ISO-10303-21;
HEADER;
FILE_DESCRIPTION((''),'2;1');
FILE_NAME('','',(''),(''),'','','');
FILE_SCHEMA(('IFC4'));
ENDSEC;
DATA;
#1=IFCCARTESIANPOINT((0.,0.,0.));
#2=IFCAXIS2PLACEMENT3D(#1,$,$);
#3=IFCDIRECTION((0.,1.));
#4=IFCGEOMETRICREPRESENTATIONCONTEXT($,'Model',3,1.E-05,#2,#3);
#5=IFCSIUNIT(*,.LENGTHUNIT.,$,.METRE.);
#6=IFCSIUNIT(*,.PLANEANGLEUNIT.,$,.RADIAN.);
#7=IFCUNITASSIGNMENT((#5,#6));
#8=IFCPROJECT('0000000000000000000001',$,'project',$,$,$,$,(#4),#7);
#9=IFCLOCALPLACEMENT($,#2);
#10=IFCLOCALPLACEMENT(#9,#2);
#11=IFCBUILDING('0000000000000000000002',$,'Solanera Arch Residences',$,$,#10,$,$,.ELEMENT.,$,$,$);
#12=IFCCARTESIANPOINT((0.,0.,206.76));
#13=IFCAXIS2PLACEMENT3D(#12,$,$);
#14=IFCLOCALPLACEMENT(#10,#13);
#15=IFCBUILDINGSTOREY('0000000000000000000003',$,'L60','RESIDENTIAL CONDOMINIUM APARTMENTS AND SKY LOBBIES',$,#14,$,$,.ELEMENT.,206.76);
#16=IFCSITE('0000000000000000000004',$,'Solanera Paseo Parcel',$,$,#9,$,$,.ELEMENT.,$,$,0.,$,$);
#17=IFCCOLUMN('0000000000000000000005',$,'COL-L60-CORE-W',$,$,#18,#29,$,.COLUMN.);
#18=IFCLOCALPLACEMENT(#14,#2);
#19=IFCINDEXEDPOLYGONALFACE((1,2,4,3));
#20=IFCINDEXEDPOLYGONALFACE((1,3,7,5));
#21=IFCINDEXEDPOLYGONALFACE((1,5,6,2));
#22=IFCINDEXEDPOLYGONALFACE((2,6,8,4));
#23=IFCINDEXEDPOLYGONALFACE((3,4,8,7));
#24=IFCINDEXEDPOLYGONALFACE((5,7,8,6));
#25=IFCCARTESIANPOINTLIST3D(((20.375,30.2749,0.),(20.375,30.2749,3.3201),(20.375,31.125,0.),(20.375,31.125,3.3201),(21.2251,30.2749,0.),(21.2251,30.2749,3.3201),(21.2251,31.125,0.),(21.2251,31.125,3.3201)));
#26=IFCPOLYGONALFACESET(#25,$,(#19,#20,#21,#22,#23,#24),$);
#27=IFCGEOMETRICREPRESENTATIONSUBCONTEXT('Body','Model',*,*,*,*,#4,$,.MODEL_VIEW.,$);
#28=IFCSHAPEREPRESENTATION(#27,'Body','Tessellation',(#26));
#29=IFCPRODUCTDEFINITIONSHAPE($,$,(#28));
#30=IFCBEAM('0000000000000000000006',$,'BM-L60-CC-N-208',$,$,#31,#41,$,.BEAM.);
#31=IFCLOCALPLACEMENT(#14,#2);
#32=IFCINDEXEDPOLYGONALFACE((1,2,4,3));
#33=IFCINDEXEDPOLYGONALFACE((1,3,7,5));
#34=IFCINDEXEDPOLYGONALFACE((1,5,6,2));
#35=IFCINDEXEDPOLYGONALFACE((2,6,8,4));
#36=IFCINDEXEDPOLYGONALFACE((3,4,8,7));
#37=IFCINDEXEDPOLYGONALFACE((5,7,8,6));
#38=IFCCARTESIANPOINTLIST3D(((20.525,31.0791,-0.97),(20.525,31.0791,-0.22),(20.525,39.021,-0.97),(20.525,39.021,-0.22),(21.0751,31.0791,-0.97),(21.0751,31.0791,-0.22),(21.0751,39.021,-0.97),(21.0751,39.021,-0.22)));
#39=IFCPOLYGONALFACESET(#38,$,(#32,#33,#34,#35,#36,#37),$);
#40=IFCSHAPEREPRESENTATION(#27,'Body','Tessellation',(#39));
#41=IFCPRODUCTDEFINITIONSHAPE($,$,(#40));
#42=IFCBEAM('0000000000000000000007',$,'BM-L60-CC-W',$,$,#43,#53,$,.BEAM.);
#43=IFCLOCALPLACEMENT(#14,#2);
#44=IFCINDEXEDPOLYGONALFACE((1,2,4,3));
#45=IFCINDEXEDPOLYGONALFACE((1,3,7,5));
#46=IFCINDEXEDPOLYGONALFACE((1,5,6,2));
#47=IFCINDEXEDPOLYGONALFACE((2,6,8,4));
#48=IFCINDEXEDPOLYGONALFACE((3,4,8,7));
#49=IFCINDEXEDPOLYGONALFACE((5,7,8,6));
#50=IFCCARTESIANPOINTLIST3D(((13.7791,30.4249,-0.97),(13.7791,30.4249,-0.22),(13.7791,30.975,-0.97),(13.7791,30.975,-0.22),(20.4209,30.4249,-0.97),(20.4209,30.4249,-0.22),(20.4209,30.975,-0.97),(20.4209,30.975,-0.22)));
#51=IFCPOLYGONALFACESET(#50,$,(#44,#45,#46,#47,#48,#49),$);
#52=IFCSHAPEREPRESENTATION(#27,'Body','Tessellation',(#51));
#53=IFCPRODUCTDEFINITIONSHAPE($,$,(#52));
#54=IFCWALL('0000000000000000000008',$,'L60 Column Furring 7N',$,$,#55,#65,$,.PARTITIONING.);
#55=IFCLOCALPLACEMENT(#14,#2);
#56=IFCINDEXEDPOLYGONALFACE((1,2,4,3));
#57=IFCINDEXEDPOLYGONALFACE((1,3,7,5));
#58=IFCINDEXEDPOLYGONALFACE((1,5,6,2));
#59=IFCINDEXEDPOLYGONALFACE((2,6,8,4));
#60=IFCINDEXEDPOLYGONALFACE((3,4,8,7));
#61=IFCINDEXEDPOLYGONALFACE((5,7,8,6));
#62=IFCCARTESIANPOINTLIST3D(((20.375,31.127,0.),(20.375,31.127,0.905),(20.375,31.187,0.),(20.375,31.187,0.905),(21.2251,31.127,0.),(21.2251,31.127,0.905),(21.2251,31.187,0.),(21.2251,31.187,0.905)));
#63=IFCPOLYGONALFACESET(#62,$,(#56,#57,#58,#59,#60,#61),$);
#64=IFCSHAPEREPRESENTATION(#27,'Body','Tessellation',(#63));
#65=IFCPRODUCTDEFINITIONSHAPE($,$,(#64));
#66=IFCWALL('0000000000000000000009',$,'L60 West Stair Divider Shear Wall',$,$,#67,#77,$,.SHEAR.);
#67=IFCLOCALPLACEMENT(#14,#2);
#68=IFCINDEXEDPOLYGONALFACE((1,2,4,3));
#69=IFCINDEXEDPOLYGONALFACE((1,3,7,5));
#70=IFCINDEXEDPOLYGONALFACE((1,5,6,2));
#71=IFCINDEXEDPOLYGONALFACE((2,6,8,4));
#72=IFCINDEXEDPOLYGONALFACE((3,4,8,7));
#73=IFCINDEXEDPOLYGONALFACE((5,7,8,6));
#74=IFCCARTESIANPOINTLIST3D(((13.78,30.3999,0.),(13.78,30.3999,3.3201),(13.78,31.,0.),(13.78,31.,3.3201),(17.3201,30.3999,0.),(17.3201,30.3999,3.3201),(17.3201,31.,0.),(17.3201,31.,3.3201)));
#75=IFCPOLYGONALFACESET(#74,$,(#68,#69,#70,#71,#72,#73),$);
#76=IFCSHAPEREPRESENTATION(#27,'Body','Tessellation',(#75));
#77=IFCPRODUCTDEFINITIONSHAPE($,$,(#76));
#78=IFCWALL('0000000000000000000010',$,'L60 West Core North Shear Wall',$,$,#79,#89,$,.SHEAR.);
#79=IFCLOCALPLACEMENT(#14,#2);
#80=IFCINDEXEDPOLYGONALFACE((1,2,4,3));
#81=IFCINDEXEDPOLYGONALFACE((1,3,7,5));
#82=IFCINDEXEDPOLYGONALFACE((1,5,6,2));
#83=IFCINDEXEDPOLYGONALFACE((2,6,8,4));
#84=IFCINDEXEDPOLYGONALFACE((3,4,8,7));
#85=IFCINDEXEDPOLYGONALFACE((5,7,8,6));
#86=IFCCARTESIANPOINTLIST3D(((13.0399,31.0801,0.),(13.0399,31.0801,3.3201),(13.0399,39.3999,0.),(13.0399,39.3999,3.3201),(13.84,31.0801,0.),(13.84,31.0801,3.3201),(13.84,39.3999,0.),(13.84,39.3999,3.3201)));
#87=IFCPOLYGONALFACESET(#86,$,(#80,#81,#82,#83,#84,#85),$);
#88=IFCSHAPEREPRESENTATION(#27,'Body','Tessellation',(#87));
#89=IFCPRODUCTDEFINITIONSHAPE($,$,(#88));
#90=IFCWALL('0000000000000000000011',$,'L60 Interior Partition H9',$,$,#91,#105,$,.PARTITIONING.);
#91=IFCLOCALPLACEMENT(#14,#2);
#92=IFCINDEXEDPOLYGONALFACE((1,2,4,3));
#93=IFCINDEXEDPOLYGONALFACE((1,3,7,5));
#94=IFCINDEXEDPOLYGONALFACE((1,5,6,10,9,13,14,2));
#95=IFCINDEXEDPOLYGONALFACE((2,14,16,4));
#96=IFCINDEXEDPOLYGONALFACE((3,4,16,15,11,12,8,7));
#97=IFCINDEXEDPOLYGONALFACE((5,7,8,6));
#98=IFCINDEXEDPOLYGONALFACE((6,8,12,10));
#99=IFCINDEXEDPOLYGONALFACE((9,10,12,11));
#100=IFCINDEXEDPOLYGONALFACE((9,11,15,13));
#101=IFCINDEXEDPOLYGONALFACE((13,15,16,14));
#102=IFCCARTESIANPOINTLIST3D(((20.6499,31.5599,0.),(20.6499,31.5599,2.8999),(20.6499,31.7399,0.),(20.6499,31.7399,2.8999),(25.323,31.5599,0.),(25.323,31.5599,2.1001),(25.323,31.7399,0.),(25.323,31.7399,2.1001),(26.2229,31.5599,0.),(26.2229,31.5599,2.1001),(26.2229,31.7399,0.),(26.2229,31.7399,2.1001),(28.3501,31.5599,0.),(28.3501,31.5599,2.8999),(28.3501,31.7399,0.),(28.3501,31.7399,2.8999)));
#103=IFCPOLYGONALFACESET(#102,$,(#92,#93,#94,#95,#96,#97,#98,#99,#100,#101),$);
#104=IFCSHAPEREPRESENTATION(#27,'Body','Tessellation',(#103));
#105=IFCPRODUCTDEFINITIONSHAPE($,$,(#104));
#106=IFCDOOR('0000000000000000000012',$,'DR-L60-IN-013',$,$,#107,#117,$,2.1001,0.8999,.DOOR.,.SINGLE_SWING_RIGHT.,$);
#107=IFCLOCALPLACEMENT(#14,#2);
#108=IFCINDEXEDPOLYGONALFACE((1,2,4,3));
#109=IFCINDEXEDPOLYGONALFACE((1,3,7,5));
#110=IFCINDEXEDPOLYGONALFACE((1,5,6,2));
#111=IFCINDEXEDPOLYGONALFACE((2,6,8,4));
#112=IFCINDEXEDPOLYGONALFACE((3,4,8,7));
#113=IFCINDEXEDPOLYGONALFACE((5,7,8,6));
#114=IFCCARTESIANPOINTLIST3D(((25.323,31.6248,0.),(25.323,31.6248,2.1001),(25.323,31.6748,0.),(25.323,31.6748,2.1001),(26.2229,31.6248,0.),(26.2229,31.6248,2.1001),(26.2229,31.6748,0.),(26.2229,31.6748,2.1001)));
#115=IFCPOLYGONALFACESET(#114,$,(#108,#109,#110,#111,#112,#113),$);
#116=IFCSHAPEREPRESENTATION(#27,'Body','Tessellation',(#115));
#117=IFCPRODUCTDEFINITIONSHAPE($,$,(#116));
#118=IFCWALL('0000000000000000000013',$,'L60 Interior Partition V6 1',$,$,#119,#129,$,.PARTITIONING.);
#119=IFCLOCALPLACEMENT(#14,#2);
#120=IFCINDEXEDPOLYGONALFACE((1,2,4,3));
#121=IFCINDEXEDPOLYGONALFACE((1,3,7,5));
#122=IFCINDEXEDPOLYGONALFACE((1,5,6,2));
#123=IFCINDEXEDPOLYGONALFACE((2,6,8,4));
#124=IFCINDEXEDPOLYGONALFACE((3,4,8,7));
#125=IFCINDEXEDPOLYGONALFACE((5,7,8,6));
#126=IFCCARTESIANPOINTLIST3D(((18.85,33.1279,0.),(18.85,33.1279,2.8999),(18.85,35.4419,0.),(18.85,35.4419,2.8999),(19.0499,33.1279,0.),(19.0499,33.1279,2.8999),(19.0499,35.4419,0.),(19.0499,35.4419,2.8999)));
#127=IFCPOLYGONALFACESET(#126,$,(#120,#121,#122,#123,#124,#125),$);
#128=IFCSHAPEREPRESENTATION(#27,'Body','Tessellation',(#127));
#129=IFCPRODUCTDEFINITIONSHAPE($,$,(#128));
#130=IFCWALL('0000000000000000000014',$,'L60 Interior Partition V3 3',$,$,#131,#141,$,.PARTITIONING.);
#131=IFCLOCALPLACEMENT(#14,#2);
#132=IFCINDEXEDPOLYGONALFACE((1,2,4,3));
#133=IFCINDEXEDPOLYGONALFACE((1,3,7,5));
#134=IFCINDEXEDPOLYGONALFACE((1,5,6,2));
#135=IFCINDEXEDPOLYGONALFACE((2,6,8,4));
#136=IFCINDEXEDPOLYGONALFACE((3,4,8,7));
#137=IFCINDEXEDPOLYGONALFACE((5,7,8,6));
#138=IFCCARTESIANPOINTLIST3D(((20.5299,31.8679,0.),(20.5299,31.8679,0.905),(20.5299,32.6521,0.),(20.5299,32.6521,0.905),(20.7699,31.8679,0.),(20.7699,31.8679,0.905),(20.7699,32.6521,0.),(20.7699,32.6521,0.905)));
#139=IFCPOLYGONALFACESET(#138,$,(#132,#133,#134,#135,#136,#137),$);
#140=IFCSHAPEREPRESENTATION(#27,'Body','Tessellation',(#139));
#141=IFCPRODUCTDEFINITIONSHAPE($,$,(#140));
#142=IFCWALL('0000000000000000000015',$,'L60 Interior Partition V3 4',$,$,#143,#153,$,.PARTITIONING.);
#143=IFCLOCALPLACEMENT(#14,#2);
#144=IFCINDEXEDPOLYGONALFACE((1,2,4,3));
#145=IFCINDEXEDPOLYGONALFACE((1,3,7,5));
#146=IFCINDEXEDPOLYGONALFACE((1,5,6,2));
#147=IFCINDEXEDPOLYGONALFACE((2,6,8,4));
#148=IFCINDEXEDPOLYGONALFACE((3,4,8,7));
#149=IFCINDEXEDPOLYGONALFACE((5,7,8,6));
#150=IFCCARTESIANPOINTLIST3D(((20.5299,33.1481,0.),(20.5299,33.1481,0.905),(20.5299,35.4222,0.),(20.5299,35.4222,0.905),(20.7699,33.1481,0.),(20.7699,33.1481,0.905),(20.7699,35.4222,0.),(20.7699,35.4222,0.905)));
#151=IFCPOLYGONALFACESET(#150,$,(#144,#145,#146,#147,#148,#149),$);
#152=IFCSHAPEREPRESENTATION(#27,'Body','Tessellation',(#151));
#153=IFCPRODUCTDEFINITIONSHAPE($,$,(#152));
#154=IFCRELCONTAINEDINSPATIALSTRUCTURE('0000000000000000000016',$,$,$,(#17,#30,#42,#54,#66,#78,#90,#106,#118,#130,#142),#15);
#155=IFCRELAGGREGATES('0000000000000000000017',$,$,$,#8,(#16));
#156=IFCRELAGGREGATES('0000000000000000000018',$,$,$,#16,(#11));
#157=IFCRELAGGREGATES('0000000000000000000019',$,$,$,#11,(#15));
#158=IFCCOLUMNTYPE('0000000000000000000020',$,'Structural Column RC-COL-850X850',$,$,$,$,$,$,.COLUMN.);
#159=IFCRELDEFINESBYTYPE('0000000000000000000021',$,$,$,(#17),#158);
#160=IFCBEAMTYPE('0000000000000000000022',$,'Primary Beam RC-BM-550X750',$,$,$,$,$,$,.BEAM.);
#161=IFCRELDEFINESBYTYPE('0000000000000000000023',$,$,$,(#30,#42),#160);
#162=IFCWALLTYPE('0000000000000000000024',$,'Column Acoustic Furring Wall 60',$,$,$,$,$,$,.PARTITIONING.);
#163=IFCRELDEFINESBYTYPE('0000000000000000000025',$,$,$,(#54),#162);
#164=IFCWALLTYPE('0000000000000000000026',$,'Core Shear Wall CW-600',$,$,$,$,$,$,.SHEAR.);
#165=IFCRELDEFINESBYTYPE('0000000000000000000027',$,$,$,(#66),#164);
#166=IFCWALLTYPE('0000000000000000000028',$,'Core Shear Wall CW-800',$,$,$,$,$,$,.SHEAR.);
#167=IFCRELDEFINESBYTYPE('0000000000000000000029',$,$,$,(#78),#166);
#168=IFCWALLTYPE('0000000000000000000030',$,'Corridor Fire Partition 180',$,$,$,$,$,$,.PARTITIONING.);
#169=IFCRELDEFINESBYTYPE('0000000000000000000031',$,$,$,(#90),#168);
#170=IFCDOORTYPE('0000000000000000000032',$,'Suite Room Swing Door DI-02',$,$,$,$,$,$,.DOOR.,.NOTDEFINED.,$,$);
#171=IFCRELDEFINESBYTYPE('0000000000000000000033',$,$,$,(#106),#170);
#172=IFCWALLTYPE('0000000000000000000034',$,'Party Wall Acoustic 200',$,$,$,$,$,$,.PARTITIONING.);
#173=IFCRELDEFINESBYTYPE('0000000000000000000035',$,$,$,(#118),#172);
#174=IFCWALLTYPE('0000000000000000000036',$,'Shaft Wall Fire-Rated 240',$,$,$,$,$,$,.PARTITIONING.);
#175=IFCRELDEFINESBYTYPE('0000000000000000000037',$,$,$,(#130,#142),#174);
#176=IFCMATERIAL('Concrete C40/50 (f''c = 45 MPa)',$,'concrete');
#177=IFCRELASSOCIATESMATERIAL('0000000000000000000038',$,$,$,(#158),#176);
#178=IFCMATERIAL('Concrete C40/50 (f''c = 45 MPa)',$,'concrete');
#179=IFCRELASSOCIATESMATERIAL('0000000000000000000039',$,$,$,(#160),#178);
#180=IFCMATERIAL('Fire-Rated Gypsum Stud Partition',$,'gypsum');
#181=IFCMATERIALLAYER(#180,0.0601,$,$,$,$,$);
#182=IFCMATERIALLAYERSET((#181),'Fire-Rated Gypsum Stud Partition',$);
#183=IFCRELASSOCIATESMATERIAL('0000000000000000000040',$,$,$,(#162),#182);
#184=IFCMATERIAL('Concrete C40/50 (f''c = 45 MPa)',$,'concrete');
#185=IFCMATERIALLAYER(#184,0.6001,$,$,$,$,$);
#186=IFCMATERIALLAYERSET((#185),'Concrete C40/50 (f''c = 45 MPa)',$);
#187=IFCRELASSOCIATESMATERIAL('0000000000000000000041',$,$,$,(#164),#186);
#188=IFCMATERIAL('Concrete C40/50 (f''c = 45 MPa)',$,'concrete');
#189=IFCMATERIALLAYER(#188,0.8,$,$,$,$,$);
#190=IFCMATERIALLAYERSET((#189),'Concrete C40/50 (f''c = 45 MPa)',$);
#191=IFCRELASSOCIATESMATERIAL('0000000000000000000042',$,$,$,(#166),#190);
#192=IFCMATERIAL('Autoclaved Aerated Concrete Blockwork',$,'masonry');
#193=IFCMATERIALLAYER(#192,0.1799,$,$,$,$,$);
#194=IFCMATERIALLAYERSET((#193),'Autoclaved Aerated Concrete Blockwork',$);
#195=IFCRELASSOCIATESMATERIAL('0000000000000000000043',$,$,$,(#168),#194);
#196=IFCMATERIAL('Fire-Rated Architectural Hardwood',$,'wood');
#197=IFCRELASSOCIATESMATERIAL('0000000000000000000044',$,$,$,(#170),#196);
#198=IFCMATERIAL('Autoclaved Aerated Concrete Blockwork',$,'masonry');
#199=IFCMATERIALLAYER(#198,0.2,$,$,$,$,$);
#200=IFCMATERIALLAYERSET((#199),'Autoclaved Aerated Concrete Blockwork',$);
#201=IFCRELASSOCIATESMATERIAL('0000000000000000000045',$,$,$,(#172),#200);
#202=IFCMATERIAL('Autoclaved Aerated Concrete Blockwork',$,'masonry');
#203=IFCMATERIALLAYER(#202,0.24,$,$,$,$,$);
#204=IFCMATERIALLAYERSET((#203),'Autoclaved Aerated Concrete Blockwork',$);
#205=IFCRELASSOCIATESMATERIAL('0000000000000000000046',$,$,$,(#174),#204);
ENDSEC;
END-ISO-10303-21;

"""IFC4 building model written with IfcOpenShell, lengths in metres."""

from ifc_helpers import new_model, si_unit, direction, frame, frame_2d, origin, origin_2d, place, context, subcontext, project, spatial, rectangle, extrude, material, layer, layer_set, material_profile, profile_set, type_object, element, fill, save


model = new_model("IFC4")

# Units and contexts
model_context = context("Model", 3, precision=1e-05, world=origin(), true_north=direction((0.0, 1.0)))
body_context = subcontext(model_context, "Body", "Model", "MODEL_VIEW")
ifc_project = project(units=[si_unit("LENGTHUNIT", "METRE"), si_unit("PLANEANGLEUNIT", "RADIAN")], contexts=[model_context])

# Site, building, storey
site_placement = place(None, origin())
site = spatial("IfcSite", under=ifc_project, at=site_placement, Name="Solanera Paseo Parcel", CompositionType="ELEMENT", RefElevation=0.0)
building_placement = place(site_placement, origin())
building = spatial("IfcBuilding", under=site, at=building_placement, Name="Solanera Arch Residences", CompositionType="ELEMENT")
storey_placement = place(building_placement, frame((0.0, 0.0, 206.76)))
storey = spatial("IfcBuildingStorey", under=building, at=storey_placement, Name="L60", Description="RESIDENTIAL CONDOMINIUM APARTMENTS AND SKY LOBBIES", CompositionType="ELEMENT", Elevation=206.76)

# Column
ifc_material_1 = material(Name="Concrete C40/50 (f'c = 45 MPa)", Category="concrete")
ifc_material_profile_1 = material_profile(ifc_material_1, rectangle(XDim=0.8501, YDim=0.8501, at=origin_2d()))
ifc_profile_set_1 = profile_set([ifc_material_profile_1], Name="Concrete C40/50 (f'c = 45 MPa)")
column_type = type_object("IfcColumnType", Name="Structural Column RC-COL-850X850", PredefinedType="COLUMN", material=ifc_profile_set_1)
column_placement = place(storey_placement, frame((20.8, 30.7, 0.0), z_axis=(0.0, 0.0, 1.0), x_axis=(1.0, 0.0, 0.0)))
element("IfcColumn", 1, at=column_placement, inside=storey, type_object=column_type, Name="COL-L60-CORE-W", PredefinedType="COLUMN", context=body_context, shape_type="SweptSolid", body=[
    extrude(rectangle(XDim=0.8501, YDim=0.8501, at=origin_2d()), origin(), (0.0, 0.0, 1.0), 3.3201),
])

# Beams
ifc_material_2 = material(Name="Concrete C40/50 (f'c = 45 MPa)", Category="concrete")
ifc_material_profile_2 = material_profile(ifc_material_2, rectangle(XDim=0.55, YDim=0.75, at=origin_2d()))
ifc_profile_set_2 = profile_set([ifc_material_profile_2], Name="Concrete C40/50 (f'c = 45 MPa)")
beam_type = type_object("IfcBeamType", Name="Primary Beam RC-BM-550X750", PredefinedType="BEAM", material=ifc_profile_set_2)
beam_1_placement = place(storey_placement, frame((20.8, 31.0791, -0.595), z_axis=(0.0, 1.0, 0.0), x_axis=(-1.0, 0.0, 0.0)))
element("IfcBeam", 2, at=beam_1_placement, inside=storey, type_object=beam_type, Name="BM-L60-CC-N-208", PredefinedType="BEAM", context=body_context, shape_type="SweptSolid", body=[
    extrude(rectangle(XDim=0.55, YDim=0.75, at=origin_2d()), origin(), (0.0, 0.0, 1.0), 7.9419),
])
beam_2_placement = place(storey_placement, frame((13.7791, 30.7, -0.595), z_axis=(1.0, 0.0, 0.0), x_axis=(0.0, 1.0, 0.0)))
element("IfcBeam", 3, at=beam_2_placement, inside=storey, type_object=beam_type, Name="BM-L60-CC-W", PredefinedType="BEAM", context=body_context, shape_type="SweptSolid", body=[
    extrude(rectangle(XDim=0.55, YDim=0.75, at=origin_2d()), origin(), (0.0, 0.0, 1.0), 6.6418),
])

# Wall
ifc_material_3 = material(Name="Fire-Rated Gypsum Stud Partition", Category="gypsum")
ifc_layer_1 = layer(ifc_material_3, 0.0601)
ifc_layer_set_1 = layer_set([ifc_layer_1], Name="Fire-Rated Gypsum Stud Partition")
wall_type_1 = type_object("IfcWallType", Name="Column Acoustic Furring Wall 60", PredefinedType="PARTITIONING", material=ifc_layer_set_1)
wall_1_placement = place(storey_placement, frame((20.375, 31.157, 0.0), z_axis=(0.0, 0.0, 1.0), x_axis=(1.0, 0.0, 0.0)))
element("IfcWall", 4, at=wall_1_placement, inside=storey, type_object=wall_type_1, Name="L60 Column Furring 7N", PredefinedType="PARTITIONING", context=body_context, shape_type="SweptSolid", body=[
    extrude(rectangle(XDim=0.8501, YDim=0.0601, at=frame_2d((0.425, 0.0))), origin(), (0.0, 0.0, 1.0), 0.905),
])

# Walls
ifc_material_4 = material(Name="Concrete C40/50 (f'c = 45 MPa)", Category="concrete")
ifc_layer_2 = layer(ifc_material_4, 0.6001)
ifc_layer_set_2 = layer_set([ifc_layer_2], Name="Concrete C40/50 (f'c = 45 MPa)")
wall_type_2 = type_object("IfcWallType", Name="Core Shear Wall CW-600", PredefinedType="SHEAR", material=ifc_layer_set_2)
wall_2_placement = place(storey_placement, frame((13.78, 30.7, 0.0), z_axis=(0.0, 0.0, 1.0), x_axis=(1.0, 0.0, 0.0)))
element("IfcWall", 5, at=wall_2_placement, inside=storey, type_object=wall_type_2, Name="L60 West Stair Divider Shear Wall", PredefinedType="SHEAR", context=body_context, shape_type="SweptSolid", body=[
    extrude(rectangle(XDim=3.54, YDim=0.6001, at=frame_2d((1.77, 0.0))), origin(), (0.0, 0.0, 1.0), 3.3201),
])
ifc_material_5 = material(Name="Concrete C40/50 (f'c = 45 MPa)", Category="concrete")
ifc_layer_3 = layer(ifc_material_5, 0.8)
ifc_layer_set_3 = layer_set([ifc_layer_3], Name="Concrete C40/50 (f'c = 45 MPa)")
wall_type_3 = type_object("IfcWallType", Name="Core Shear Wall CW-800", PredefinedType="SHEAR", material=ifc_layer_set_3)
wall_3_placement = place(storey_placement, frame((13.4399, 31.0801, 0.0), z_axis=(0.0, 0.0, 1.0), x_axis=(0.0, 1.0, 0.0)))
element("IfcWall", 6, at=wall_3_placement, inside=storey, type_object=wall_type_3, Name="L60 West Core North Shear Wall", PredefinedType="SHEAR", context=body_context, shape_type="SweptSolid", body=[
    extrude(rectangle(XDim=8.3198, YDim=0.8, at=frame_2d((4.1599, 0.0))), origin(), (0.0, 0.0, 1.0), 3.3201),
])

# Wall, opening, door
ifc_material_6 = material(Name="Autoclaved Aerated Concrete Blockwork", Category="masonry")
ifc_layer_4 = layer(ifc_material_6, 0.1799)
ifc_layer_set_4 = layer_set([ifc_layer_4], Name="Autoclaved Aerated Concrete Blockwork")
wall_type_4 = type_object("IfcWallType", Name="Corridor Fire Partition 180", PredefinedType="PARTITIONING", material=ifc_layer_set_4)
wall_4_placement = place(storey_placement, frame((20.6499, 31.6499, 0.0), z_axis=(0.0, 0.0, 1.0), x_axis=(1.0, 0.0, 0.0)))
wall_4 = element("IfcWall", 7, at=wall_4_placement, inside=storey, type_object=wall_type_4, Name="L60 Interior Partition H9", PredefinedType="PARTITIONING", context=body_context, shape_type="SweptSolid", body=[
    extrude(rectangle(XDim=7.7002, YDim=0.1799, at=frame_2d((3.8501, 0.0))), origin(), (0.0, 0.0, 1.0), 2.8999),
])
opening_1_placement = place(wall_4_placement, frame((4.6731, 0.0, 0.0)))
opening_1 = element("IfcOpeningElement", 8, at=opening_1_placement, cuts=wall_4, PredefinedType="OPENING", context=body_context, shape_type="SweptSolid", body=[
    extrude(rectangle(XDim=0.8999, YDim=2.1001, at=frame_2d((0.45, 1.05))), frame((0.0, 0.1001, 0.0), z_axis=(0.0, -1.0, 0.0), x_axis=(1.0, 0.0, 0.0)), (0.0, 0.0, 1.0), 0.1999),
])
ifc_material_7 = material(Name="Fire-Rated Architectural Hardwood", Category="wood")
door_type_1 = type_object("IfcDoorType", Name="Suite Room Swing Door DI-02", OperationType="NOTDEFINED", PredefinedType="DOOR", material=ifc_material_7)
door_1_placement = place(opening_1_placement, origin())
door_1 = element("IfcDoor", 9, at=door_1_placement, inside=storey, type_object=door_type_1, Name="DR-L60-IN-013", OperationType="SINGLE_SWING_RIGHT", OverallHeight=2.1001, OverallWidth=0.8999, PredefinedType="DOOR", context=body_context, shape_type="SweptSolid", body=[
    extrude(rectangle(XDim=0.8999, YDim=2.1001, at=frame_2d((0.45, 1.05))), frame((0.0, 0.0249, 0.0), z_axis=(0.0, -1.0, 0.0), x_axis=(1.0, 0.0, 0.0)), (0.0, 0.0, 1.0), 0.05),
])
fill(opening_1, door_1)

# Wall
ifc_material_8 = material(Name="Autoclaved Aerated Concrete Blockwork", Category="masonry")
ifc_layer_5 = layer(ifc_material_8, 0.2)
ifc_layer_set_5 = layer_set([ifc_layer_5], Name="Autoclaved Aerated Concrete Blockwork")
wall_type_5 = type_object("IfcWallType", Name="Party Wall Acoustic 200", PredefinedType="PARTITIONING", material=ifc_layer_set_5)
wall_5_placement = place(storey_placement, frame((18.95, 33.1279, 0.0), z_axis=(0.0, 0.0, 1.0), x_axis=(0.0, 1.0, 0.0)))
element("IfcWall", 10, at=wall_5_placement, inside=storey, type_object=wall_type_5, Name="L60 Interior Partition V6 1", PredefinedType="PARTITIONING", context=body_context, shape_type="SweptSolid", body=[
    extrude(rectangle(XDim=2.314, YDim=0.2, at=frame_2d((1.157, 0.0))), origin(), (0.0, 0.0, 1.0), 2.8999),
])

# Shared definitions
ifc_material_9 = material(Name="Autoclaved Aerated Concrete Blockwork", Category="masonry")
ifc_layer_6 = layer(ifc_material_9, 0.24)
ifc_layer_set_6 = layer_set([ifc_layer_6], Name="Autoclaved Aerated Concrete Blockwork")
wall_type_6 = type_object("IfcWallType", Name="Shaft Wall Fire-Rated 240", PredefinedType="PARTITIONING", material=ifc_layer_set_6)

# Walls
wall_6_placement = place(storey_placement, frame((20.6499, 31.8679, 0.0), z_axis=(0.0, 0.0, 1.0), x_axis=(0.0, 1.0, 0.0)))
element("IfcWall", 11, at=wall_6_placement, inside=storey, type_object=wall_type_6, Name="L60 Interior Partition V3 3", PredefinedType="PARTITIONING", context=body_context, shape_type="SweptSolid", body=[
    extrude(rectangle(XDim=0.7842, YDim=0.24, at=frame_2d((0.3921, 0.0))), origin(), (0.0, 0.0, 1.0), 0.905),
])
wall_7_placement = place(storey_placement, frame((20.6499, 33.1479, 0.0), z_axis=(0.0, 0.0, 1.0), x_axis=(0.0, 1.0, 0.0)))
element("IfcWall", 12, at=wall_7_placement, inside=storey, type_object=wall_type_6, Name="L60 Interior Partition V3 4", PredefinedType="PARTITIONING", context=body_context, shape_type="SweptSolid", body=[
    extrude(rectangle(XDim=2.2742, YDim=0.24, at=frame_2d((1.1372, 0.0))), origin(), (0.0, 0.0, 1.0), 0.905),
])

save(model, "model.ifc")
